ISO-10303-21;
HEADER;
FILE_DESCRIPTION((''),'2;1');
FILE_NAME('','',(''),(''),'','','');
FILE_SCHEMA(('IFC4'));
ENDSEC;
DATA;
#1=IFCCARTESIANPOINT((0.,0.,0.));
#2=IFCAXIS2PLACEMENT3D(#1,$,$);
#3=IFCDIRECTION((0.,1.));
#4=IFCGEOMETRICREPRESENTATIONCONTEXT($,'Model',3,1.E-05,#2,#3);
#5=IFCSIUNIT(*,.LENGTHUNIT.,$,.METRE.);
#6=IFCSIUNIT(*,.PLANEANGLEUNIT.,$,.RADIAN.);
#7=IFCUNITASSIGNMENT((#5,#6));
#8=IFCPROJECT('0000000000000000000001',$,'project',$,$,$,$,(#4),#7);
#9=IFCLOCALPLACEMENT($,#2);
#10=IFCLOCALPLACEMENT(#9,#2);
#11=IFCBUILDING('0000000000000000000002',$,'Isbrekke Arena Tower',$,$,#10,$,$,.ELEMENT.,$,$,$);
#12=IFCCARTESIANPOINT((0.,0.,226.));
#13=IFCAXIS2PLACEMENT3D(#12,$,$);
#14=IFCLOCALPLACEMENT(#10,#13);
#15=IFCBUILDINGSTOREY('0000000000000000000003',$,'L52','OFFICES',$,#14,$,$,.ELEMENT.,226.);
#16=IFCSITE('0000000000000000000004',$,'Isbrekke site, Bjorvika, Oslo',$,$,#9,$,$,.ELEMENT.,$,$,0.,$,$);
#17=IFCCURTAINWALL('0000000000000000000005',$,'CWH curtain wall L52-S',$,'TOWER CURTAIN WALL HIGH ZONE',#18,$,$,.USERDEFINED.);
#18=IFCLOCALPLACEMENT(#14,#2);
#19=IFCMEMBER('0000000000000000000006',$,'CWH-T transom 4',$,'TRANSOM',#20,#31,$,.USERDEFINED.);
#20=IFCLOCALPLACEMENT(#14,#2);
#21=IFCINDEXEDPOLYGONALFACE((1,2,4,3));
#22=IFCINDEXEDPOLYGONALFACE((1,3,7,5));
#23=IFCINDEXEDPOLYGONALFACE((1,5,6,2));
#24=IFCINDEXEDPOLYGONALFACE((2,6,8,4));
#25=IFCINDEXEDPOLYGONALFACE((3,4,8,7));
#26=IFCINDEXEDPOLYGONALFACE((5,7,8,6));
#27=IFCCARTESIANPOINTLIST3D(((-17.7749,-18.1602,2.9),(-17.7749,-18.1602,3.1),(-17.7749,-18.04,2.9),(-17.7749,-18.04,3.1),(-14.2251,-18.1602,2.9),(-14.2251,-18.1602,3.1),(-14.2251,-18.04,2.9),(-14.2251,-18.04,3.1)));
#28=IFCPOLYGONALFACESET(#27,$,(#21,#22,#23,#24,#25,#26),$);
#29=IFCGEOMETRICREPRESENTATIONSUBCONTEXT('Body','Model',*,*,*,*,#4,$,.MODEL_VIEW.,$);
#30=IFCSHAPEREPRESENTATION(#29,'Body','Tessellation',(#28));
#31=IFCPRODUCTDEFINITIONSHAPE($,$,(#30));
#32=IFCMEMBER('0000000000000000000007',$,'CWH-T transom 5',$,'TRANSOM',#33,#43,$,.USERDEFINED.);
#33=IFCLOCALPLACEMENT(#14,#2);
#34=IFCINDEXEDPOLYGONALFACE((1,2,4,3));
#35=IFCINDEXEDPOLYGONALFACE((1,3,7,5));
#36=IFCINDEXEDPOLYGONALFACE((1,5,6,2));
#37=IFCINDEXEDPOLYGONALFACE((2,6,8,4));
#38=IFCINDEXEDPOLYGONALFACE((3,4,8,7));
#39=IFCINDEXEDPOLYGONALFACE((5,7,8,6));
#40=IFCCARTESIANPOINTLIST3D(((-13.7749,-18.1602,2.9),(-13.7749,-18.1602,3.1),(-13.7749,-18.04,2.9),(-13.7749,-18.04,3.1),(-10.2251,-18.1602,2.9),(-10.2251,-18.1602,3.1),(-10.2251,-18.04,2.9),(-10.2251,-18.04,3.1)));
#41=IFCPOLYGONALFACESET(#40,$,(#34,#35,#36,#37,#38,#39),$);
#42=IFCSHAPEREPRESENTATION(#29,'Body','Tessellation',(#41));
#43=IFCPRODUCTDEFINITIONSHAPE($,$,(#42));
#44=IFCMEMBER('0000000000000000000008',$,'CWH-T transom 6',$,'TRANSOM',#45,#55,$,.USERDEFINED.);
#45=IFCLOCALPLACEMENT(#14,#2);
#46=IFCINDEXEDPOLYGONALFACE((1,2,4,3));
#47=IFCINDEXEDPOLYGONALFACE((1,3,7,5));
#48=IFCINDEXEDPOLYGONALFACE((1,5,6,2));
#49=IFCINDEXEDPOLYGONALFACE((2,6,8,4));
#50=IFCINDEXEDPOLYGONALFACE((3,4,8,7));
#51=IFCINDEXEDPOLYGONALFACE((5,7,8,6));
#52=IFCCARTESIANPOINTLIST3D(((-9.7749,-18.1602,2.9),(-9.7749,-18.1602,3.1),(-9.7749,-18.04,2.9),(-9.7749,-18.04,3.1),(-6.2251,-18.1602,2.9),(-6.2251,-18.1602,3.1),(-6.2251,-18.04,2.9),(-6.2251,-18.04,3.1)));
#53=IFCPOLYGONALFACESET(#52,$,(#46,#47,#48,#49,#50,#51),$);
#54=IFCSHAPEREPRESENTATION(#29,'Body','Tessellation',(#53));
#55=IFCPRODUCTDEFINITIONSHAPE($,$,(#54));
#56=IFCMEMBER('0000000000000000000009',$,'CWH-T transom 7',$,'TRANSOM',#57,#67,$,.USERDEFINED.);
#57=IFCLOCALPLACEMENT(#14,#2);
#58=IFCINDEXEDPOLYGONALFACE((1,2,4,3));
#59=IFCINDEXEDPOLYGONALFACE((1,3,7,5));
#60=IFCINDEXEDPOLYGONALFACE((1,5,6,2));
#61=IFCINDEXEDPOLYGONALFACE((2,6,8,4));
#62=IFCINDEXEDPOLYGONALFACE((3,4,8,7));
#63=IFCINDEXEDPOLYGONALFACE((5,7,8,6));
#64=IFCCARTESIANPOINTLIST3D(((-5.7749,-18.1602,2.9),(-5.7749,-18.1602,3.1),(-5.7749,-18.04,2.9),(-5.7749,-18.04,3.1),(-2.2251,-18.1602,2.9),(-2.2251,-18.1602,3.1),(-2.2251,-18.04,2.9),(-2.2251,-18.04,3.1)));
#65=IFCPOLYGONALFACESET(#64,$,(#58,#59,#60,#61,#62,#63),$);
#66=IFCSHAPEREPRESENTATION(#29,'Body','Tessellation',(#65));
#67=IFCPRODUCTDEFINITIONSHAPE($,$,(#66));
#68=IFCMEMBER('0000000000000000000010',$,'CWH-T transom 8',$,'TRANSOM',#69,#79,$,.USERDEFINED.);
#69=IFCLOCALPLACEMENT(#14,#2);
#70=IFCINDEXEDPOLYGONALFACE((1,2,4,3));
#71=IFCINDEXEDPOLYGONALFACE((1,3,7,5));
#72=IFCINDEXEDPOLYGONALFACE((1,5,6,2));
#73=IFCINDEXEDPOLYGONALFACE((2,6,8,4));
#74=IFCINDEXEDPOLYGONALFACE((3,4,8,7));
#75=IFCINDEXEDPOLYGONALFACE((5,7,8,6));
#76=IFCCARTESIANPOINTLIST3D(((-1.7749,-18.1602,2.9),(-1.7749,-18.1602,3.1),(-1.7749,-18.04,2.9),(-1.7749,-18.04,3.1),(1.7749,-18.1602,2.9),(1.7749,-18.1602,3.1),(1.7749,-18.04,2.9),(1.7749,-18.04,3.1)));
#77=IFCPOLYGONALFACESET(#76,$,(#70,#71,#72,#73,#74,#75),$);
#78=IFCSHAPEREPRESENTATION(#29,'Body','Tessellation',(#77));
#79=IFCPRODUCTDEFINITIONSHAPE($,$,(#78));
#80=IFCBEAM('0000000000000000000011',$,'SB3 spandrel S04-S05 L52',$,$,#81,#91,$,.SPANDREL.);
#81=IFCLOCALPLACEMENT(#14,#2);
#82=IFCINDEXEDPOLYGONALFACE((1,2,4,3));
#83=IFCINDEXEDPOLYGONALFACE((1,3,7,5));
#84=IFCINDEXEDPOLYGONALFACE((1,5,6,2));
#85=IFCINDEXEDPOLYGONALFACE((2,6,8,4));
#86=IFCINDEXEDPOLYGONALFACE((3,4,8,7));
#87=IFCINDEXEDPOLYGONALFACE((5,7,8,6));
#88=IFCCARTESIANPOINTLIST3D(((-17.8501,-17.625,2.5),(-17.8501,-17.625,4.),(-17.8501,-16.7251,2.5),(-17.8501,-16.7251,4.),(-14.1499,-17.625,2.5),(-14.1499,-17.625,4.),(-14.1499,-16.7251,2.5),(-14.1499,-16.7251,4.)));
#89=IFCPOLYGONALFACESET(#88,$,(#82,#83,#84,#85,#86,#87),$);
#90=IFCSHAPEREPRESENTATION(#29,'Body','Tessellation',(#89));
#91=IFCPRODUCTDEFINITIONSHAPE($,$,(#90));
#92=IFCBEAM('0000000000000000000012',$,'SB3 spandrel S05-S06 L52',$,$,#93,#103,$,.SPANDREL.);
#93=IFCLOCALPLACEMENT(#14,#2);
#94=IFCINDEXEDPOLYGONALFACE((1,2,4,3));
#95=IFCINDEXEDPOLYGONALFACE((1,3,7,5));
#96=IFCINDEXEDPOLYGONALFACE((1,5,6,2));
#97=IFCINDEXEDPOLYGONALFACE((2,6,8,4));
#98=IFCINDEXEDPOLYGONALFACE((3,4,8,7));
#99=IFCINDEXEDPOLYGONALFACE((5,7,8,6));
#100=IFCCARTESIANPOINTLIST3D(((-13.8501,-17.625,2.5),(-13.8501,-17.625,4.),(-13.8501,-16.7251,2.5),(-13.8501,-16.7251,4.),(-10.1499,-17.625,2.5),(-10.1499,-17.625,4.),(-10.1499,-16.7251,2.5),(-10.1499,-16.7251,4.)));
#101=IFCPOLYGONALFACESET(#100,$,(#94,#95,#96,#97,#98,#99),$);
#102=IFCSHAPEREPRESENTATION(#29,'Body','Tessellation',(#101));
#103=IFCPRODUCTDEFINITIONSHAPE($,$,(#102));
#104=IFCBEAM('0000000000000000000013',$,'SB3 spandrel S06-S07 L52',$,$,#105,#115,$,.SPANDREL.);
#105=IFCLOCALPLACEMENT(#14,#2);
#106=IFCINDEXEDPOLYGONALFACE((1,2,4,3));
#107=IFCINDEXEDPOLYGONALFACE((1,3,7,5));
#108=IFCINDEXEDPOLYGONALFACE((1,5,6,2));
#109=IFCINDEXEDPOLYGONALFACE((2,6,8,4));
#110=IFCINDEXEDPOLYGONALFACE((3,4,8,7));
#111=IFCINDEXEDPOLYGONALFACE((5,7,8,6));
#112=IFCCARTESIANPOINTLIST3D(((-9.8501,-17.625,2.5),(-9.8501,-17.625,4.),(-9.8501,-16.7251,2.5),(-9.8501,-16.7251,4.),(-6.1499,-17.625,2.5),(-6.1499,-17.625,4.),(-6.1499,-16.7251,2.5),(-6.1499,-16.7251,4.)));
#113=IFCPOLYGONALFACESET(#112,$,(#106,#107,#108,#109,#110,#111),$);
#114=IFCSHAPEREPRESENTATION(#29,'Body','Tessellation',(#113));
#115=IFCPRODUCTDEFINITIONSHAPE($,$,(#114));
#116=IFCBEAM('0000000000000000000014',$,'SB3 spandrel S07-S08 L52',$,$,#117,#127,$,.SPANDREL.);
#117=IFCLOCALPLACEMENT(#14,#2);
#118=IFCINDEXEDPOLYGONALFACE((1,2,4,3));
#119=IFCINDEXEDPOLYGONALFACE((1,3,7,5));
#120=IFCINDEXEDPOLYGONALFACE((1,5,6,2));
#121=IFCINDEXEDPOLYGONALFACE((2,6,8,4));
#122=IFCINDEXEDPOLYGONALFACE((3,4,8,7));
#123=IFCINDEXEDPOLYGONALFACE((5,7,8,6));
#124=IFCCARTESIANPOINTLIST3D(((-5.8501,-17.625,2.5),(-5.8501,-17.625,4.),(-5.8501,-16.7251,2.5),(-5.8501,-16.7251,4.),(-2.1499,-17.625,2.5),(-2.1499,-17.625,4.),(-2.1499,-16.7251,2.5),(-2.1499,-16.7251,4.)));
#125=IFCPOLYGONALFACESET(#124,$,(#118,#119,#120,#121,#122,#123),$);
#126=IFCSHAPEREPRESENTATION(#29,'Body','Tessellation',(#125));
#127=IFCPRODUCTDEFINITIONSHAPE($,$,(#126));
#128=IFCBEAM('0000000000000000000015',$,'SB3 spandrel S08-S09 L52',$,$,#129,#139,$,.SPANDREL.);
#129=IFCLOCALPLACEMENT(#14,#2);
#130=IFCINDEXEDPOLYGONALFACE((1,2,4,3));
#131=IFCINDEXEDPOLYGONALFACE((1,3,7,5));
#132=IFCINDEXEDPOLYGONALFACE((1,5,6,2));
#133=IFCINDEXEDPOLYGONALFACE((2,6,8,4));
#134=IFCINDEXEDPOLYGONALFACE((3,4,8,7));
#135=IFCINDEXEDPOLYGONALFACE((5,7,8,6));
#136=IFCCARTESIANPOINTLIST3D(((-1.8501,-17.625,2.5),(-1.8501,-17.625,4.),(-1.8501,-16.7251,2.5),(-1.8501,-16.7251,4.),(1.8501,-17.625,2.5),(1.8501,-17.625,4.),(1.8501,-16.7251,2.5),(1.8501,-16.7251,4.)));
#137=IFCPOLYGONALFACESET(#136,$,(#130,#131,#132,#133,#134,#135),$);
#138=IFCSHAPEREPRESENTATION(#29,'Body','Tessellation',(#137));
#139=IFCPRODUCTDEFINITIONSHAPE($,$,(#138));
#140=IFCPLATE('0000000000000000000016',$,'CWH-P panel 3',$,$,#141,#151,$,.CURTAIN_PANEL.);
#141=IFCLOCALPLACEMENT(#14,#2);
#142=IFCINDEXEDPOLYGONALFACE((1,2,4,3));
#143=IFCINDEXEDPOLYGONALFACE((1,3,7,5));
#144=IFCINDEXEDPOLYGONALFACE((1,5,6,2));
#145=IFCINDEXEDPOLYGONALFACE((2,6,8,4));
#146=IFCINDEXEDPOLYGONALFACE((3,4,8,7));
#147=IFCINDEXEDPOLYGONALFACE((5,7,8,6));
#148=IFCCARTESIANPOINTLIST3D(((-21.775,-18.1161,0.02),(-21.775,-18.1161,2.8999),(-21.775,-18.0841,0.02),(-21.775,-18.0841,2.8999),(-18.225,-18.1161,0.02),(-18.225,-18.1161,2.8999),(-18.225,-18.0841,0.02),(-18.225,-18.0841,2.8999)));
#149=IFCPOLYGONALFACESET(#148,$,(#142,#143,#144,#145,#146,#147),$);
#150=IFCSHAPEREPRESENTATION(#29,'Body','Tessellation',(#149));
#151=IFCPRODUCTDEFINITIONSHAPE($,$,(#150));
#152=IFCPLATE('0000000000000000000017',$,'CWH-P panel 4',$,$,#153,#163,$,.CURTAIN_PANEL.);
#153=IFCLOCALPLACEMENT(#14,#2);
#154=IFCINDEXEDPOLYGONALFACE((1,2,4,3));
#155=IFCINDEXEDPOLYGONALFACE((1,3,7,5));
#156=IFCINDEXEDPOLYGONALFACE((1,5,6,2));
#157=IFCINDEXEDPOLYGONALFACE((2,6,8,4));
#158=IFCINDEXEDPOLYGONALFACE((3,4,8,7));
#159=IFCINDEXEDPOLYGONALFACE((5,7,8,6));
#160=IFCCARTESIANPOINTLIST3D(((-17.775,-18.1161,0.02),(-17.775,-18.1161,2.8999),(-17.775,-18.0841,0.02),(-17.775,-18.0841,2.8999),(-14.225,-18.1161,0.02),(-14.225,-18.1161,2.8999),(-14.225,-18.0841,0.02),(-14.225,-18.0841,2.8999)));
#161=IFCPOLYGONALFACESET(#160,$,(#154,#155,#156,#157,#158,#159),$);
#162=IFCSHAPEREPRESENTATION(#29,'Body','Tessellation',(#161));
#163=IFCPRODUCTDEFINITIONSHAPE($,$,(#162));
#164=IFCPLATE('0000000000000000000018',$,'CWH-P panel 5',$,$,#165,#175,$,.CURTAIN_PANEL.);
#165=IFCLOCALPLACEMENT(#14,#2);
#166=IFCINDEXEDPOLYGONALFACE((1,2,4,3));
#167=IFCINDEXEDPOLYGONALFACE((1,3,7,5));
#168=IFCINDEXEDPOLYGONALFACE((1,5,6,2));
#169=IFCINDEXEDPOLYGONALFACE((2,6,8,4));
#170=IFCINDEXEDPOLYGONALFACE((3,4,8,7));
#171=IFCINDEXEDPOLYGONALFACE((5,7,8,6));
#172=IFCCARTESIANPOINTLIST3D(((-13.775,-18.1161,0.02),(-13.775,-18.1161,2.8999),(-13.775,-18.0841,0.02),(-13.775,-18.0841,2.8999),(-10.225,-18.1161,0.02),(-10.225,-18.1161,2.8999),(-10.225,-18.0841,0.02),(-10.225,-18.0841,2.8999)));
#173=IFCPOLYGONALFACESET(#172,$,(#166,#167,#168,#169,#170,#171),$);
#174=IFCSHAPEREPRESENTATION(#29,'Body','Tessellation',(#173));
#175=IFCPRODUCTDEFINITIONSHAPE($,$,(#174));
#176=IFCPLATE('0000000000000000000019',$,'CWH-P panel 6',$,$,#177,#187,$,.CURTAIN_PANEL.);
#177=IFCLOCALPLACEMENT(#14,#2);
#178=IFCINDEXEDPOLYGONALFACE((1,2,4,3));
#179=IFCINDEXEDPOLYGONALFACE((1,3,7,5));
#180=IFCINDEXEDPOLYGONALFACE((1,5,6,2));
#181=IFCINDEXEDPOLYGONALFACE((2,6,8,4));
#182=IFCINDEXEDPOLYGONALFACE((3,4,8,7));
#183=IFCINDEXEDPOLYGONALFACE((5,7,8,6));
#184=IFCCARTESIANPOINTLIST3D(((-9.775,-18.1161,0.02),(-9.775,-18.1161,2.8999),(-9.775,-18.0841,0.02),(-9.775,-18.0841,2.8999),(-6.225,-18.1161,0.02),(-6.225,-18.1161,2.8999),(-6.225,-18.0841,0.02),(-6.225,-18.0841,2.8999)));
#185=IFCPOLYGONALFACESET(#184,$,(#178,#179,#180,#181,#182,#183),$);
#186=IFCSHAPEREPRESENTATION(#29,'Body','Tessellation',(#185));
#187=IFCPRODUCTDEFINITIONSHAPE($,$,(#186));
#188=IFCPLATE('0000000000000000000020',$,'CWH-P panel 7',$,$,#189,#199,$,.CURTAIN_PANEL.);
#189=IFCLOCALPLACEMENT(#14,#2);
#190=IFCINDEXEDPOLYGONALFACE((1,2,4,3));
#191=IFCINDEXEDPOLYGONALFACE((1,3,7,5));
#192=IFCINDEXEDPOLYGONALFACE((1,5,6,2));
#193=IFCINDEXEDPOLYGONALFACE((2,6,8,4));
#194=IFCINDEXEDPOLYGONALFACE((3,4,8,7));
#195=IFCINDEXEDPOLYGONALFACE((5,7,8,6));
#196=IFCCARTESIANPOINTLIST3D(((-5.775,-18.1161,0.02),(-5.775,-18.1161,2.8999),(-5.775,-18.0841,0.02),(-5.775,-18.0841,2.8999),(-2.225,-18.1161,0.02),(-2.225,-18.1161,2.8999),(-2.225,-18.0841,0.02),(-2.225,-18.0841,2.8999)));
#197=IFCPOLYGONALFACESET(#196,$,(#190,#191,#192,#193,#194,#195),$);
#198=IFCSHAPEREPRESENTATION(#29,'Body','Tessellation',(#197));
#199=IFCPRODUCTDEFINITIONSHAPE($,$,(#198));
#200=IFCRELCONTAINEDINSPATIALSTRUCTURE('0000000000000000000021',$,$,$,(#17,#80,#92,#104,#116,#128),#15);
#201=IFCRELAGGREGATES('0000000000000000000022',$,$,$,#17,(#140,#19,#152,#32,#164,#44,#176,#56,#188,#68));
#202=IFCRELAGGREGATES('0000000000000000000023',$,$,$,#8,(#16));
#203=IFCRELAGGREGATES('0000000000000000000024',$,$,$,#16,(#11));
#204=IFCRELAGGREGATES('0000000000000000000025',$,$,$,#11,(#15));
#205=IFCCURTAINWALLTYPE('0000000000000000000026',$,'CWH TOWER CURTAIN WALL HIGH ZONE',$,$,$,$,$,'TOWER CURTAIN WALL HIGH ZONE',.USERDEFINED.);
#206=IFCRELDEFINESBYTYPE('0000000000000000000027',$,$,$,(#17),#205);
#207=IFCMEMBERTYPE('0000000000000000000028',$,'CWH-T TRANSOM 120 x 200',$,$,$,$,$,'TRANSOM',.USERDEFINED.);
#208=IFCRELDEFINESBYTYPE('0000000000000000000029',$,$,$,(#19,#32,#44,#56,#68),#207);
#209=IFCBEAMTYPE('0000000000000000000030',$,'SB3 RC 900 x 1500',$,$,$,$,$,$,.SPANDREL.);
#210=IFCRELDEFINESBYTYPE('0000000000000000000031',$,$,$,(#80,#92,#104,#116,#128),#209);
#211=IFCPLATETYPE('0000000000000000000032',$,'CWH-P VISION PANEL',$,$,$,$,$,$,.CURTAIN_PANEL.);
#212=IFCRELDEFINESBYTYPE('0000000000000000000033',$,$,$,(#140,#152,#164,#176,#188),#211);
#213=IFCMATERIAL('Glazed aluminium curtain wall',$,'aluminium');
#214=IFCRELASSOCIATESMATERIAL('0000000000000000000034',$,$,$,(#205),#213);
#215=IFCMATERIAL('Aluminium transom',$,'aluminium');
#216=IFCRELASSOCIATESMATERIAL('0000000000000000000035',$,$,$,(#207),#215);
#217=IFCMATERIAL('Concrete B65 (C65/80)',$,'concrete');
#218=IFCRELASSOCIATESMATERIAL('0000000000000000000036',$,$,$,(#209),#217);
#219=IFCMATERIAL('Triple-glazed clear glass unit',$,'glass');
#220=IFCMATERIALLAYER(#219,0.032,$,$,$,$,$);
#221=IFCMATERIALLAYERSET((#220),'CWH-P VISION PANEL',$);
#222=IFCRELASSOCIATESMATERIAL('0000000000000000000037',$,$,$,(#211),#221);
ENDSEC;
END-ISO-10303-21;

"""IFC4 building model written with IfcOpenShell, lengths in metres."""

from ifc_helpers import new_model, si_unit, direction, frame, origin, origin_2d, place, context, subcontext, project, spatial, rectangle, extrude, material, layer, layer_set, material_profile, profile_set, type_object, element, aggregate, save


model = new_model("IFC4")

# Units and contexts
model_context = context("Model", 3, precision=1e-05, world=origin(), true_north=direction((0.0, 1.0)))
body_context = subcontext(model_context, "Body", "Model", "MODEL_VIEW")
ifc_project = project(units=[si_unit("LENGTHUNIT", "METRE"), si_unit("PLANEANGLEUNIT", "RADIAN")], contexts=[model_context])

# Site, building, storey
site_placement = place(None, origin())
site = spatial("IfcSite", under=ifc_project, at=site_placement, Name="Isbrekke site, Bjorvika, Oslo", CompositionType="ELEMENT", RefElevation=0.0)
building_placement = place(site_placement, origin())
building = spatial("IfcBuilding", under=site, at=building_placement, Name="Isbrekke Arena Tower", CompositionType="ELEMENT")
storey_placement = place(building_placement, frame((0.0, 0.0, 226.0)))
storey = spatial("IfcBuildingStorey", under=building, at=storey_placement, Name="L52", Description="OFFICES", CompositionType="ELEMENT", Elevation=226.0)

# Curtain wall, members
ifc_material_1 = material(Name="Glazed aluminium curtain wall", Category="aluminium")
curtain_wall_type = type_object("IfcCurtainWallType", Name="CWH TOWER CURTAIN WALL HIGH ZONE", ElementType="TOWER CURTAIN WALL HIGH ZONE", PredefinedType="USERDEFINED", material=ifc_material_1)
curtain_wall_placement = place(storey_placement, origin())
curtain_wall = element("IfcCurtainWall", 1, at=curtain_wall_placement, inside=storey, type_object=curtain_wall_type, Name="CWH curtain wall L52-S", ObjectType="TOWER CURTAIN WALL HIGH ZONE", PredefinedType="USERDEFINED")
ifc_material_2 = material(Name="Aluminium transom", Category="aluminium")
ifc_material_profile_1 = material_profile(ifc_material_2, rectangle(XDim=0.1201, YDim=0.2, at=origin_2d()), Name="TRANSOM 120X200")
ifc_profile_set_1 = profile_set([ifc_material_profile_1], Name="Aluminium transom")
member_type_1 = type_object("IfcMemberType", Name="CWH-T TRANSOM 120 x 200", ElementType="TRANSOM", PredefinedType="USERDEFINED", material=ifc_profile_set_1)
member_1_placement = place(storey_placement, frame((-17.7749, -18.1001, 3.0), z_axis=(1.0, 0.0, 0.0), x_axis=(0.0, 1.0, 0.0)))
member_1 = element("IfcMember", 2, at=member_1_placement, type_object=member_type_1, Name="CWH-T transom 4", ObjectType="TRANSOM", PredefinedType="USERDEFINED", context=body_context, shape_type="SweptSolid", body=[
    extrude(rectangle(XDim=0.1201, YDim=0.2, at=origin_2d()), origin(), (0.0, 0.0, 1.0), 3.5498),
])
member_2_placement = place(storey_placement, frame((-13.7749, -18.1001, 3.0), z_axis=(1.0, 0.0, 0.0), x_axis=(0.0, 1.0, 0.0)))
member_2 = element("IfcMember", 3, at=member_2_placement, type_object=member_type_1, Name="CWH-T transom 5", ObjectType="TRANSOM", PredefinedType="USERDEFINED", context=body_context, shape_type="SweptSolid", body=[
    extrude(rectangle(XDim=0.1201, YDim=0.2, at=origin_2d()), origin(), (0.0, 0.0, 1.0), 3.5498),
])
member_3_placement = place(storey_placement, frame((-9.7749, -18.1001, 3.0), z_axis=(1.0, 0.0, 0.0), x_axis=(0.0, 1.0, 0.0)))
member_3 = element("IfcMember", 4, at=member_3_placement, type_object=member_type_1, Name="CWH-T transom 6", ObjectType="TRANSOM", PredefinedType="USERDEFINED", context=body_context, shape_type="SweptSolid", body=[
    extrude(rectangle(XDim=0.1201, YDim=0.2, at=origin_2d()), origin(), (0.0, 0.0, 1.0), 3.5498),
])
member_4_placement = place(storey_placement, frame((-5.7749, -18.1001, 3.0), z_axis=(1.0, 0.0, 0.0), x_axis=(0.0, 1.0, 0.0)))
member_4 = element("IfcMember", 5, at=member_4_placement, type_object=member_type_1, Name="CWH-T transom 7", ObjectType="TRANSOM", PredefinedType="USERDEFINED", context=body_context, shape_type="SweptSolid", body=[
    extrude(rectangle(XDim=0.1201, YDim=0.2, at=origin_2d()), origin(), (0.0, 0.0, 1.0), 3.5498),
])
member_5_placement = place(storey_placement, frame((-1.7749, -18.1001, 3.0), z_axis=(1.0, 0.0, 0.0), x_axis=(0.0, 1.0, 0.0)))
member_5 = element("IfcMember", 6, at=member_5_placement, type_object=member_type_1, Name="CWH-T transom 8", ObjectType="TRANSOM", PredefinedType="USERDEFINED", context=body_context, shape_type="SweptSolid", body=[
    extrude(rectangle(XDim=0.1201, YDim=0.2, at=origin_2d()), origin(), (0.0, 0.0, 1.0), 3.5498),
])

# Beams
ifc_material_3 = material(Name="Concrete B65 (C65/80)", Category="concrete")
ifc_material_profile_2 = material_profile(ifc_material_3, rectangle(XDim=0.8999, YDim=1.5, at=origin_2d()), Name="RC 900x1500")
ifc_profile_set_2 = profile_set([ifc_material_profile_2], Name="Concrete B65 (C65/80)")
beam_type_1 = type_object("IfcBeamType", Name="SB3 RC 900 x 1500", PredefinedType="SPANDREL", material=ifc_profile_set_2)
for number, where, z_axis, x_axis, name in (
    (7, (-17.8501, -17.175, 3.25), (1.0, 0.0, 0.0), (0.0, 1.0, 0.0), "SB3 spandrel S04-S05 L52"),
    (8, (-13.8501, -17.175, 3.25), (1.0, 0.0, 0.0), (0.0, 1.0, 0.0), "SB3 spandrel S05-S06 L52"),
    (9, (-9.8501, -17.175, 3.25), (1.0, 0.0, 0.0), (0.0, 1.0, 0.0), "SB3 spandrel S06-S07 L52"),
    (10, (-5.8501, -17.175, 3.25), (1.0, 0.0, 0.0), (0.0, 1.0, 0.0), "SB3 spandrel S07-S08 L52"),
    (11, (-1.8501, -17.175, 3.25), (1.0, 0.0, 0.0), (0.0, 1.0, 0.0), "SB3 spandrel S08-S09 L52"),
):
    element("IfcBeam", number, at=place(storey_placement, frame(where, z_axis=z_axis, x_axis=x_axis)), inside=storey, type_object=beam_type_1, Name=name, PredefinedType="SPANDREL", context=body_context, shape_type="SweptSolid", body=[
        extrude(rectangle(XDim=0.8999, YDim=1.5, at=origin_2d()), origin(), (0.0, 0.0, 1.0), 3.7002),
    ])

# Plates
ifc_material_4 = material(Name="Triple-glazed clear glass unit", Category="glass")
ifc_layer = layer(ifc_material_4, 0.032)
ifc_layer_set = layer_set([ifc_layer], Name="CWH-P VISION PANEL")
plate_type = type_object("IfcPlateType", Name="CWH-P VISION PANEL", PredefinedType="CURTAIN_PANEL", material=ifc_layer_set)
plate_1_placement = place(storey_placement, frame((-20.0, -18.1001, 0.02), z_axis=(0.0, 0.0, 1.0), x_axis=(1.0, 0.0, 0.0)))
plate_1 = element("IfcPlate", 12, at=plate_1_placement, type_object=plate_type, Name="CWH-P panel 3", PredefinedType="CURTAIN_PANEL", context=body_context, shape_type="SweptSolid", body=[
    extrude(rectangle(XDim=3.55, YDim=0.032, at=origin_2d()), origin(), (0.0, 0.0, 1.0), 2.8799),
])
plate_2_placement = place(storey_placement, frame((-16.0, -18.1001, 0.02), z_axis=(0.0, 0.0, 1.0), x_axis=(1.0, 0.0, 0.0)))
plate_2 = element("IfcPlate", 13, at=plate_2_placement, type_object=plate_type, Name="CWH-P panel 4", PredefinedType="CURTAIN_PANEL", context=body_context, shape_type="SweptSolid", body=[
    extrude(rectangle(XDim=3.55, YDim=0.032, at=origin_2d()), origin(), (0.0, 0.0, 1.0), 2.8799),
])
plate_3_placement = place(storey_placement, frame((-12.0, -18.1001, 0.02), z_axis=(0.0, 0.0, 1.0), x_axis=(1.0, 0.0, 0.0)))
plate_3 = element("IfcPlate", 14, at=plate_3_placement, type_object=plate_type, Name="CWH-P panel 5", PredefinedType="CURTAIN_PANEL", context=body_context, shape_type="SweptSolid", body=[
    extrude(rectangle(XDim=3.55, YDim=0.032, at=origin_2d()), origin(), (0.0, 0.0, 1.0), 2.8799),
])
plate_4_placement = place(storey_placement, frame((-8.0, -18.1001, 0.02), z_axis=(0.0, 0.0, 1.0), x_axis=(1.0, 0.0, 0.0)))
plate_4 = element("IfcPlate", 15, at=plate_4_placement, type_object=plate_type, Name="CWH-P panel 6", PredefinedType="CURTAIN_PANEL", context=body_context, shape_type="SweptSolid", body=[
    extrude(rectangle(XDim=3.55, YDim=0.032, at=origin_2d()), origin(), (0.0, 0.0, 1.0), 2.8799),
])
plate_5_placement = place(storey_placement, frame((-4.0, -18.1001, 0.02), z_axis=(0.0, 0.0, 1.0), x_axis=(1.0, 0.0, 0.0)))
plate_5 = element("IfcPlate", 16, at=plate_5_placement, type_object=plate_type, Name="CWH-P panel 7", PredefinedType="CURTAIN_PANEL", context=body_context, shape_type="SweptSolid", body=[
    extrude(rectangle(XDim=3.55, YDim=0.032, at=origin_2d()), origin(), (0.0, 0.0, 1.0), 2.8799),
])
aggregate(curtain_wall, [plate_1, member_1, plate_2, member_2, plate_3, member_3, plate_4, member_4, plate_5, member_5])

save(model, "model.ifc")
